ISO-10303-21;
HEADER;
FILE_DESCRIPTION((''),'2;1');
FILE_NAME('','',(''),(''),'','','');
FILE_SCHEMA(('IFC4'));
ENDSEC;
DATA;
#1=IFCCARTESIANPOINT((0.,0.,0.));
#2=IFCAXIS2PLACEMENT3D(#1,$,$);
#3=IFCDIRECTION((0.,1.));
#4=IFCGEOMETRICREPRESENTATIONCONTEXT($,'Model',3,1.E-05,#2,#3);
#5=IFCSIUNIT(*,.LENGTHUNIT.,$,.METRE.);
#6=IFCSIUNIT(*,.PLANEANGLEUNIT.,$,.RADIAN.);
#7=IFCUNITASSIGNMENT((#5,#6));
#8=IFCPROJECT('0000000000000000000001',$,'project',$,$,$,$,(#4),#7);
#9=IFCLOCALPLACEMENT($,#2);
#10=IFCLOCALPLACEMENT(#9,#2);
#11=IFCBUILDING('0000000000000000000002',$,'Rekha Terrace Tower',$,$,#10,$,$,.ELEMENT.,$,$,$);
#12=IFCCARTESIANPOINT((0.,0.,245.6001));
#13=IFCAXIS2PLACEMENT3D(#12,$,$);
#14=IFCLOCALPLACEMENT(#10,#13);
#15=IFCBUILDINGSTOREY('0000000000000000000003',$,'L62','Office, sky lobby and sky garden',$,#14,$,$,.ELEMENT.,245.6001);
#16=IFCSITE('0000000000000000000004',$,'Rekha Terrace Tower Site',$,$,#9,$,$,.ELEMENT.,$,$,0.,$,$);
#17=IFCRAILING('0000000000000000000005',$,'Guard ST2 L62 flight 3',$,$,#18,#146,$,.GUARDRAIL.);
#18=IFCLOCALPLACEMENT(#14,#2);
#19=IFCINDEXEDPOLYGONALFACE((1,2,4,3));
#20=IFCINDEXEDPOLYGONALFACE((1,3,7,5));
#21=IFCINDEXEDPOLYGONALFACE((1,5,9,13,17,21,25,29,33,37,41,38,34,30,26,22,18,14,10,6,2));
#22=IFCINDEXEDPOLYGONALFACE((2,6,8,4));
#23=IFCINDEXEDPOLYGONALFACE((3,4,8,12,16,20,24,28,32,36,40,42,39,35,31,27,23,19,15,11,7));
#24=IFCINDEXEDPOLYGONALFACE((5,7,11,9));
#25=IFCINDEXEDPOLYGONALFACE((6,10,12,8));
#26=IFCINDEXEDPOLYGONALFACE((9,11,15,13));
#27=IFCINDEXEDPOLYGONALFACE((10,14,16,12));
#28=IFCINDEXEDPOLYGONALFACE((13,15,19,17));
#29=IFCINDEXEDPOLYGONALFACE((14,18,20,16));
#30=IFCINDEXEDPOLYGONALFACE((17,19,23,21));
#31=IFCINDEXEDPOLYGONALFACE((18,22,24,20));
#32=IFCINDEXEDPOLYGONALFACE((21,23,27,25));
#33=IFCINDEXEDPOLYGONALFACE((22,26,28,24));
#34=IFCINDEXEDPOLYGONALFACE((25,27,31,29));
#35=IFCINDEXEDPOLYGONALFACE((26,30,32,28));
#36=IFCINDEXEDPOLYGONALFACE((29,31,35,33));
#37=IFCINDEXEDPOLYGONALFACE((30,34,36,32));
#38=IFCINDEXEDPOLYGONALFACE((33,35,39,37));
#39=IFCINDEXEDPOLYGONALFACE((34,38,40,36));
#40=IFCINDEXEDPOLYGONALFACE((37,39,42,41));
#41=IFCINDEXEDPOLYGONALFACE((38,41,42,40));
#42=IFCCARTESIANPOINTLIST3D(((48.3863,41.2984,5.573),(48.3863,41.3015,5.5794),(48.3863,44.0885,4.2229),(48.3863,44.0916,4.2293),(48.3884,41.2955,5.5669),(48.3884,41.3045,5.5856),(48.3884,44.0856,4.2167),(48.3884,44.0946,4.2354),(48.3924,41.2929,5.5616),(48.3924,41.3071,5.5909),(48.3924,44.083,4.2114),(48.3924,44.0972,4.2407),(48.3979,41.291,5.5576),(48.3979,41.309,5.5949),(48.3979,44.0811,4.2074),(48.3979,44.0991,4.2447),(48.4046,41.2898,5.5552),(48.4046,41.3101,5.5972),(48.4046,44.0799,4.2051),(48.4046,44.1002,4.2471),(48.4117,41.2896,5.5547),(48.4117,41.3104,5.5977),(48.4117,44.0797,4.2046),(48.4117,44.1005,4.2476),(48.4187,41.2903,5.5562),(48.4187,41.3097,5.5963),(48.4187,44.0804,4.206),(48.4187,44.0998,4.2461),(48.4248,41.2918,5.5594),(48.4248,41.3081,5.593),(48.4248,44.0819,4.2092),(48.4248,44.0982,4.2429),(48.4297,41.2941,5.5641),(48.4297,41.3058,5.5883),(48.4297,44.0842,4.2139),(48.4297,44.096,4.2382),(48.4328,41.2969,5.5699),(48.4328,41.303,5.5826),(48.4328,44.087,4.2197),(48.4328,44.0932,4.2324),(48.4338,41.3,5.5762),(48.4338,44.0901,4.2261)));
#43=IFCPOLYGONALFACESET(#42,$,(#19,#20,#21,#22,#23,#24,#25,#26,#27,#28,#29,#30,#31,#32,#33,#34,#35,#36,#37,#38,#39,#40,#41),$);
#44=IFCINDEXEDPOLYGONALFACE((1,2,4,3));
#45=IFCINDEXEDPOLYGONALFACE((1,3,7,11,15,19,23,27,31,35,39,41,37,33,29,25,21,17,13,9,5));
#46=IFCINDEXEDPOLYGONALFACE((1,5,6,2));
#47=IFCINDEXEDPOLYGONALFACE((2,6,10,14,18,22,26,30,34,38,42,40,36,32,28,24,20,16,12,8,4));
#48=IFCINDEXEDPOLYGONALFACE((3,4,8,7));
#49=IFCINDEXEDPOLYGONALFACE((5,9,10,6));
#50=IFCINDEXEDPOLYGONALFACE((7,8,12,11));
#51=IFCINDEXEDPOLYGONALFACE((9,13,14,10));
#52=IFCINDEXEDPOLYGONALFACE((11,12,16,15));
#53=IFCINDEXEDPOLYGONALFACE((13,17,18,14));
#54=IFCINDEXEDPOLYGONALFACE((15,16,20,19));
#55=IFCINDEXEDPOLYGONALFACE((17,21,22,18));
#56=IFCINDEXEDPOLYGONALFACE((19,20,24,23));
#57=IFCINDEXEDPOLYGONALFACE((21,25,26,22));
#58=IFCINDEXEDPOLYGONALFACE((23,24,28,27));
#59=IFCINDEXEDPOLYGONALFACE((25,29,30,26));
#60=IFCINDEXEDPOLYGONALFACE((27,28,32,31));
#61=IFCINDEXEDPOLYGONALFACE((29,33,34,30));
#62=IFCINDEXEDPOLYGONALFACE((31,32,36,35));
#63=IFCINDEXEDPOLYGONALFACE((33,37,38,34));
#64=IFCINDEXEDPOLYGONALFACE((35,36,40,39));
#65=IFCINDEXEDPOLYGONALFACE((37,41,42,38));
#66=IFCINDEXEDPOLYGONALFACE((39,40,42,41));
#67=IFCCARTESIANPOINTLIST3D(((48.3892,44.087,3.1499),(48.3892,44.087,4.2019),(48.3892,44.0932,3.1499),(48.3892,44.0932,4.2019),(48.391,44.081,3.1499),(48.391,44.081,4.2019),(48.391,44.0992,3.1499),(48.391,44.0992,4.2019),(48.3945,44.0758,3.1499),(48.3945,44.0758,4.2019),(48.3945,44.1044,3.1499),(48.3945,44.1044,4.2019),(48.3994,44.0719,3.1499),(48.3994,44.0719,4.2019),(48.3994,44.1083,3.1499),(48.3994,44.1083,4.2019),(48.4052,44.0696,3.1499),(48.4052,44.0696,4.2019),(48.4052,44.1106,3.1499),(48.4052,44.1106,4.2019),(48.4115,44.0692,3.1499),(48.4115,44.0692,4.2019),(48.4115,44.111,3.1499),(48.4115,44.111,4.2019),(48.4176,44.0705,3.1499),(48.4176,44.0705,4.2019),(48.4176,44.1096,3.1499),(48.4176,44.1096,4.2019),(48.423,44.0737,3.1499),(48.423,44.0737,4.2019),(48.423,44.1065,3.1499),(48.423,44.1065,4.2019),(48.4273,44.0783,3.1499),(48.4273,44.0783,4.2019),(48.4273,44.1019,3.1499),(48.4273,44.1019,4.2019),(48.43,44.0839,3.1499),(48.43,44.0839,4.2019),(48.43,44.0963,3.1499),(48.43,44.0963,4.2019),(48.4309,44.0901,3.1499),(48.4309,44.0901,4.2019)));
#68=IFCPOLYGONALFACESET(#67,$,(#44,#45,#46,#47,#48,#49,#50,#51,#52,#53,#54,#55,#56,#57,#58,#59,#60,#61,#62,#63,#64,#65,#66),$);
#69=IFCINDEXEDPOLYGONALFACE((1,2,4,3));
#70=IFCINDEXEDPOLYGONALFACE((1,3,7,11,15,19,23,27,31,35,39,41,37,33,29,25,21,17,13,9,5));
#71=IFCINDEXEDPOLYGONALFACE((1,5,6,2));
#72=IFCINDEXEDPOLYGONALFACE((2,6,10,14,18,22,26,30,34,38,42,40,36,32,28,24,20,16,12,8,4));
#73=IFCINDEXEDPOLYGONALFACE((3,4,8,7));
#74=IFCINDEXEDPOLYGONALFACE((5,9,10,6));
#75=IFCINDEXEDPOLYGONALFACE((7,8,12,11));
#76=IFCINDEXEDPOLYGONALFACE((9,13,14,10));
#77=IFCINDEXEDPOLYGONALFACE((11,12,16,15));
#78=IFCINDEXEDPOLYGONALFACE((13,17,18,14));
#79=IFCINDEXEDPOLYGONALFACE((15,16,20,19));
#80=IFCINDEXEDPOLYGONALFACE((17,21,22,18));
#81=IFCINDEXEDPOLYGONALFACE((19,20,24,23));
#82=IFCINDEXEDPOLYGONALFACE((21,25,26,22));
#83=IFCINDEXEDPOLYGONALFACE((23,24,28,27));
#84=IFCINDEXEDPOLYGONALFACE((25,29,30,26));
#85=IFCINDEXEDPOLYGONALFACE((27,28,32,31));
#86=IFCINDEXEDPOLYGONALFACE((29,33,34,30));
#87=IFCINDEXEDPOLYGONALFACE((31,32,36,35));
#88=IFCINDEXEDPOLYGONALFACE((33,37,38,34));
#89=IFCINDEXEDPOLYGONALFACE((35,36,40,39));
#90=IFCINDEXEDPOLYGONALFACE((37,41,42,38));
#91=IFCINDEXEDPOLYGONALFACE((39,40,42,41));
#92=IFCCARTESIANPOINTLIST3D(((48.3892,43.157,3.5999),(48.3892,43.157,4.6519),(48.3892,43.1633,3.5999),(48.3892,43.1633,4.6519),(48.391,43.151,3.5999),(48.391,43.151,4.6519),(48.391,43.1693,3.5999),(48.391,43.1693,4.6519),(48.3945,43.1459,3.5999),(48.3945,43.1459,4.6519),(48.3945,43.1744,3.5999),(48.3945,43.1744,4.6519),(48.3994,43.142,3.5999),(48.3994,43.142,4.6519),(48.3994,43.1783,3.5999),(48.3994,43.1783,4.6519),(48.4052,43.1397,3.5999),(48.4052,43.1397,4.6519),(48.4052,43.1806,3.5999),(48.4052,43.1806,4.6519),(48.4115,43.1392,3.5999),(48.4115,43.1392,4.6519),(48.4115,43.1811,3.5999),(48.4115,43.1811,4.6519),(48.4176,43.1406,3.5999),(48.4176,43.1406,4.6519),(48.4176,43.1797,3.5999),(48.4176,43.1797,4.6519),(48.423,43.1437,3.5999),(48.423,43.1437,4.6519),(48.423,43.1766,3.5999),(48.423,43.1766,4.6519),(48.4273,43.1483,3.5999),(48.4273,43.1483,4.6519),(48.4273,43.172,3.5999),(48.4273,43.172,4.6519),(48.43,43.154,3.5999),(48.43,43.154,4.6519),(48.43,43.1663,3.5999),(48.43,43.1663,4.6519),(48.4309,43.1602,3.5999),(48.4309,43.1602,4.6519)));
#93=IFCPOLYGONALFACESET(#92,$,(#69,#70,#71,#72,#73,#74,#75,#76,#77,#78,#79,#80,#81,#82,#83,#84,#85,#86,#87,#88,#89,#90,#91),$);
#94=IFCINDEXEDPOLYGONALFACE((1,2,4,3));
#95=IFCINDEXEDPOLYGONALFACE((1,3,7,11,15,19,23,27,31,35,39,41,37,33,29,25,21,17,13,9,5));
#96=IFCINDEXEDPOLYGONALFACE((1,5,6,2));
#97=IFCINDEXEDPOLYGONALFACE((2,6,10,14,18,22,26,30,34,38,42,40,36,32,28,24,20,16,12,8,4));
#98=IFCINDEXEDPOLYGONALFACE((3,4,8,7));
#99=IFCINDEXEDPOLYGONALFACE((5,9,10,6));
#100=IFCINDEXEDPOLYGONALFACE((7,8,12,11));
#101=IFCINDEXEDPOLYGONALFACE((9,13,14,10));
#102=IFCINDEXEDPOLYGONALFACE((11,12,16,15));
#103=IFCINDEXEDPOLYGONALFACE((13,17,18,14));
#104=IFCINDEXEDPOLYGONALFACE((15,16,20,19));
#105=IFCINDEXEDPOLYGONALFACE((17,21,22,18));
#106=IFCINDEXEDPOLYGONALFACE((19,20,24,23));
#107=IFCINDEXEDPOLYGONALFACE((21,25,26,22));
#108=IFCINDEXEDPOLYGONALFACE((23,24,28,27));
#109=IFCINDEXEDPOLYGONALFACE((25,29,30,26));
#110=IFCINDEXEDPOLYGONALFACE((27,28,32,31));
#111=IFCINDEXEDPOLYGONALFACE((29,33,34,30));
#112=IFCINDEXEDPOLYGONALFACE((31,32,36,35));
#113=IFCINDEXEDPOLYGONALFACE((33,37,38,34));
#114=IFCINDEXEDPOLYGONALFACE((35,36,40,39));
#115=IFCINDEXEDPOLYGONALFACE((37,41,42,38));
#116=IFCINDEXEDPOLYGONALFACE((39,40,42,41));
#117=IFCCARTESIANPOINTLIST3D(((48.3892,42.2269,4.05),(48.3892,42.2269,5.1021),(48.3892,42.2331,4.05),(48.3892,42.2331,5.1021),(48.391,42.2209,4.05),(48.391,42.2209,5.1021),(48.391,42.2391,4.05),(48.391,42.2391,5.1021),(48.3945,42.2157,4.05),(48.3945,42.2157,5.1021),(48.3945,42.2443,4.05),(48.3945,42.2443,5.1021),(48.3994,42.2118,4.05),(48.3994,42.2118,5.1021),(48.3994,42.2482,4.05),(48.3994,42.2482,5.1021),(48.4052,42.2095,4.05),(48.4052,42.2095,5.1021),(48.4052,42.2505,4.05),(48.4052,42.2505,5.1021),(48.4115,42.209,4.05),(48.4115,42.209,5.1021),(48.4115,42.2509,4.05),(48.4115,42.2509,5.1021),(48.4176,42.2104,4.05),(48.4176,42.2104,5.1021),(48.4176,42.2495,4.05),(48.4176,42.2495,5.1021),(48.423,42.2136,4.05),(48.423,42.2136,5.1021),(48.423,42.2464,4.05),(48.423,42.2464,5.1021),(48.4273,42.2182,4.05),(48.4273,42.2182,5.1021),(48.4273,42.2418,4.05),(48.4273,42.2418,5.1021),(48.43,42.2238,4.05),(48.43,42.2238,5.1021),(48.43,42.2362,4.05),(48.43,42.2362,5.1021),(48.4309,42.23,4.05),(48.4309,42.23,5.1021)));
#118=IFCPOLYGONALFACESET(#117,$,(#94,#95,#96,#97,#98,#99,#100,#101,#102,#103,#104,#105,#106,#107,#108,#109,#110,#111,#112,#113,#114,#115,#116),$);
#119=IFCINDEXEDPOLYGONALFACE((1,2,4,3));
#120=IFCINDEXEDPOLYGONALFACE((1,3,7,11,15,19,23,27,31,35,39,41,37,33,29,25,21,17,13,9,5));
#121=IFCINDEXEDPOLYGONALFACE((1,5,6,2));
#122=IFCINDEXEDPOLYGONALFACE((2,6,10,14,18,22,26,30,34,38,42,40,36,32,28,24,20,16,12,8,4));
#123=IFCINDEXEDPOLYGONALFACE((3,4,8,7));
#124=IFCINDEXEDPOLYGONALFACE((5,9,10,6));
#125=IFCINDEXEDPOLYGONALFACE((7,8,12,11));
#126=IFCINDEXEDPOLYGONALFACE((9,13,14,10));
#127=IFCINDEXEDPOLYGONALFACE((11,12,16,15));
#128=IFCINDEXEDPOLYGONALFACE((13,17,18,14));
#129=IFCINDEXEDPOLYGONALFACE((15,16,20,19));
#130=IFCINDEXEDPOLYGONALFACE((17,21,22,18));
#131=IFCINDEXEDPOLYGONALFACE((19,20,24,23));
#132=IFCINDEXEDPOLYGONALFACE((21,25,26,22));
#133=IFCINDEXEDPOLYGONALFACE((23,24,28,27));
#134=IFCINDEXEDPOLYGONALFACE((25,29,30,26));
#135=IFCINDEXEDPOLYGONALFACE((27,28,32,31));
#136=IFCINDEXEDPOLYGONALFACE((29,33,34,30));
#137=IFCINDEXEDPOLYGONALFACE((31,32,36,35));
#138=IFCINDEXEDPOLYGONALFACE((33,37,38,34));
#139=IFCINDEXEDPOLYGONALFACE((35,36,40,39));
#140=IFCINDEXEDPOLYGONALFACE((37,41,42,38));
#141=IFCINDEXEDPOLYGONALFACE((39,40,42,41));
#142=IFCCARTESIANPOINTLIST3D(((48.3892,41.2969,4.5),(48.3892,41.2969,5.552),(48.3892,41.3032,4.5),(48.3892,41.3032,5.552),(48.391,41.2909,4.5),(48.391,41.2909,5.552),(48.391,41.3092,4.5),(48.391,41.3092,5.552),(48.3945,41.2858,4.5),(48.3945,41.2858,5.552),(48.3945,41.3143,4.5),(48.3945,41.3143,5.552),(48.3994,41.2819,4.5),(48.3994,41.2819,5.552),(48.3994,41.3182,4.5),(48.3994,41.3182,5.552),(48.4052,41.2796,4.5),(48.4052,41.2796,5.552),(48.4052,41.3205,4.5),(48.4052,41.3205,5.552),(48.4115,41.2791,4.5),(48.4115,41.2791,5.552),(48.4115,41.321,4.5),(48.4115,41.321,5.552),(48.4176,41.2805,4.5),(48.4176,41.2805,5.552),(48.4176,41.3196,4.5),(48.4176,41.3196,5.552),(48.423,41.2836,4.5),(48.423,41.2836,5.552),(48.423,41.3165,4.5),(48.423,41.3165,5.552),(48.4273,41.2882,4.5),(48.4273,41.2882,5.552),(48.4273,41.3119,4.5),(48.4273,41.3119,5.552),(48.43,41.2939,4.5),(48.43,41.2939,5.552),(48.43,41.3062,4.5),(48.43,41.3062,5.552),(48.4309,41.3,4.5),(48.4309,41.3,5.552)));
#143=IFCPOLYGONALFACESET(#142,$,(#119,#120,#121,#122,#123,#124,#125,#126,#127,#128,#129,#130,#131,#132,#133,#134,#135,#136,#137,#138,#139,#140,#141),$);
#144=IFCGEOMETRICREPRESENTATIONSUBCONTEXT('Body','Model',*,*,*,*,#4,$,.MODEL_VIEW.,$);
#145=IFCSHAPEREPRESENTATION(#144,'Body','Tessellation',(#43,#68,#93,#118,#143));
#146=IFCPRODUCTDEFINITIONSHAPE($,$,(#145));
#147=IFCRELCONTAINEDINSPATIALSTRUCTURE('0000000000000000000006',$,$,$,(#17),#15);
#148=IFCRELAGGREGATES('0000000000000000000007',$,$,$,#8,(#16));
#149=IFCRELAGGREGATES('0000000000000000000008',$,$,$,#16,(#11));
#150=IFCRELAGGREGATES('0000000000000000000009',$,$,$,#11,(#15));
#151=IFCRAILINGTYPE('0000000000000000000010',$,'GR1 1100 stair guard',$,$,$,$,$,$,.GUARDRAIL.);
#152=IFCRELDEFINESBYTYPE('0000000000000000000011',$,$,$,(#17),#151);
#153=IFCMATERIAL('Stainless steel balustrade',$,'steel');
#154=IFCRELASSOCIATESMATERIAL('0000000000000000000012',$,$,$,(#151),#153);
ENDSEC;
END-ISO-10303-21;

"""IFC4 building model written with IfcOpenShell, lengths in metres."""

from ifc_helpers import new_model, si_unit, direction, frame, origin, origin_2d, place, context, subcontext, project, spatial, circle, extrude, material, type_object, element, save


model = new_model("IFC4")

# Units and contexts
model_context = context("Model", 3, precision=1e-05, world=origin(), true_north=direction((0.0, 1.0)))
body_context = subcontext(model_context, "Body", "Model", "MODEL_VIEW")
ifc_project = project(units=[si_unit("LENGTHUNIT", "METRE"), si_unit("PLANEANGLEUNIT", "RADIAN")], contexts=[model_context])

# Site, building, storey
site_placement = place(None, origin())
site = spatial("IfcSite", under=ifc_project, at=site_placement, Name="Rekha Terrace Tower Site", CompositionType="ELEMENT", RefElevation=0.0)
building_placement = place(site_placement, origin())
building = spatial("IfcBuilding", under=site, at=building_placement, Name="Rekha Terrace Tower", CompositionType="ELEMENT")
storey_placement = place(building_placement, frame((0.0, 0.0, 245.6001)))
storey = spatial("IfcBuildingStorey", under=building, at=storey_placement, Name="L62", Description="Office, sky lobby and sky garden", CompositionType="ELEMENT", Elevation=245.6001)

# Railing
ifc_material_1 = material(Name="Stainless steel balustrade", Category="steel")
railing_type_1 = type_object("IfcRailingType", Name="GR1 1100 stair guard", PredefinedType="GUARDRAIL", material=ifc_material_1)
railing_1_placement = place(storey_placement, frame((48.4099, 44.0901, 3.1499)))
element("IfcRailing", 1, at=railing_1_placement, inside=storey, type_object=railing_type_1, Name="Guard ST2 L62 flight 3", PredefinedType="GUARDRAIL", context=body_context, shape_type="SweptSolid", body=[
    extrude(circle(Radius=0.0239, at=origin_2d()), frame((0.0, 0.0, 1.0762), z_axis=(0.0, -0.900149, 0.435582), x_axis=(1.0, 0.0, 0.0)), (0.0, 0.0, 1.0), 3.0996),
    extrude(circle(Radius=0.021, at=origin_2d()), origin(), (0.0, 0.0, 1.0), 1.052),
    extrude(circle(Radius=0.021, at=origin_2d()), frame((0.0, -0.9299, 0.45)), (0.0, 0.0, 1.0), 1.052),
    extrude(circle(Radius=0.021, at=origin_2d()), frame((0.0, -1.8601, 0.9001)), (0.0, 0.0, 1.0), 1.052),
    extrude(circle(Radius=0.021, at=origin_2d()), frame((0.0, -2.79, 1.3501)), (0.0, 0.0, 1.0), 1.052),
])

save(model, "model.ifc")
